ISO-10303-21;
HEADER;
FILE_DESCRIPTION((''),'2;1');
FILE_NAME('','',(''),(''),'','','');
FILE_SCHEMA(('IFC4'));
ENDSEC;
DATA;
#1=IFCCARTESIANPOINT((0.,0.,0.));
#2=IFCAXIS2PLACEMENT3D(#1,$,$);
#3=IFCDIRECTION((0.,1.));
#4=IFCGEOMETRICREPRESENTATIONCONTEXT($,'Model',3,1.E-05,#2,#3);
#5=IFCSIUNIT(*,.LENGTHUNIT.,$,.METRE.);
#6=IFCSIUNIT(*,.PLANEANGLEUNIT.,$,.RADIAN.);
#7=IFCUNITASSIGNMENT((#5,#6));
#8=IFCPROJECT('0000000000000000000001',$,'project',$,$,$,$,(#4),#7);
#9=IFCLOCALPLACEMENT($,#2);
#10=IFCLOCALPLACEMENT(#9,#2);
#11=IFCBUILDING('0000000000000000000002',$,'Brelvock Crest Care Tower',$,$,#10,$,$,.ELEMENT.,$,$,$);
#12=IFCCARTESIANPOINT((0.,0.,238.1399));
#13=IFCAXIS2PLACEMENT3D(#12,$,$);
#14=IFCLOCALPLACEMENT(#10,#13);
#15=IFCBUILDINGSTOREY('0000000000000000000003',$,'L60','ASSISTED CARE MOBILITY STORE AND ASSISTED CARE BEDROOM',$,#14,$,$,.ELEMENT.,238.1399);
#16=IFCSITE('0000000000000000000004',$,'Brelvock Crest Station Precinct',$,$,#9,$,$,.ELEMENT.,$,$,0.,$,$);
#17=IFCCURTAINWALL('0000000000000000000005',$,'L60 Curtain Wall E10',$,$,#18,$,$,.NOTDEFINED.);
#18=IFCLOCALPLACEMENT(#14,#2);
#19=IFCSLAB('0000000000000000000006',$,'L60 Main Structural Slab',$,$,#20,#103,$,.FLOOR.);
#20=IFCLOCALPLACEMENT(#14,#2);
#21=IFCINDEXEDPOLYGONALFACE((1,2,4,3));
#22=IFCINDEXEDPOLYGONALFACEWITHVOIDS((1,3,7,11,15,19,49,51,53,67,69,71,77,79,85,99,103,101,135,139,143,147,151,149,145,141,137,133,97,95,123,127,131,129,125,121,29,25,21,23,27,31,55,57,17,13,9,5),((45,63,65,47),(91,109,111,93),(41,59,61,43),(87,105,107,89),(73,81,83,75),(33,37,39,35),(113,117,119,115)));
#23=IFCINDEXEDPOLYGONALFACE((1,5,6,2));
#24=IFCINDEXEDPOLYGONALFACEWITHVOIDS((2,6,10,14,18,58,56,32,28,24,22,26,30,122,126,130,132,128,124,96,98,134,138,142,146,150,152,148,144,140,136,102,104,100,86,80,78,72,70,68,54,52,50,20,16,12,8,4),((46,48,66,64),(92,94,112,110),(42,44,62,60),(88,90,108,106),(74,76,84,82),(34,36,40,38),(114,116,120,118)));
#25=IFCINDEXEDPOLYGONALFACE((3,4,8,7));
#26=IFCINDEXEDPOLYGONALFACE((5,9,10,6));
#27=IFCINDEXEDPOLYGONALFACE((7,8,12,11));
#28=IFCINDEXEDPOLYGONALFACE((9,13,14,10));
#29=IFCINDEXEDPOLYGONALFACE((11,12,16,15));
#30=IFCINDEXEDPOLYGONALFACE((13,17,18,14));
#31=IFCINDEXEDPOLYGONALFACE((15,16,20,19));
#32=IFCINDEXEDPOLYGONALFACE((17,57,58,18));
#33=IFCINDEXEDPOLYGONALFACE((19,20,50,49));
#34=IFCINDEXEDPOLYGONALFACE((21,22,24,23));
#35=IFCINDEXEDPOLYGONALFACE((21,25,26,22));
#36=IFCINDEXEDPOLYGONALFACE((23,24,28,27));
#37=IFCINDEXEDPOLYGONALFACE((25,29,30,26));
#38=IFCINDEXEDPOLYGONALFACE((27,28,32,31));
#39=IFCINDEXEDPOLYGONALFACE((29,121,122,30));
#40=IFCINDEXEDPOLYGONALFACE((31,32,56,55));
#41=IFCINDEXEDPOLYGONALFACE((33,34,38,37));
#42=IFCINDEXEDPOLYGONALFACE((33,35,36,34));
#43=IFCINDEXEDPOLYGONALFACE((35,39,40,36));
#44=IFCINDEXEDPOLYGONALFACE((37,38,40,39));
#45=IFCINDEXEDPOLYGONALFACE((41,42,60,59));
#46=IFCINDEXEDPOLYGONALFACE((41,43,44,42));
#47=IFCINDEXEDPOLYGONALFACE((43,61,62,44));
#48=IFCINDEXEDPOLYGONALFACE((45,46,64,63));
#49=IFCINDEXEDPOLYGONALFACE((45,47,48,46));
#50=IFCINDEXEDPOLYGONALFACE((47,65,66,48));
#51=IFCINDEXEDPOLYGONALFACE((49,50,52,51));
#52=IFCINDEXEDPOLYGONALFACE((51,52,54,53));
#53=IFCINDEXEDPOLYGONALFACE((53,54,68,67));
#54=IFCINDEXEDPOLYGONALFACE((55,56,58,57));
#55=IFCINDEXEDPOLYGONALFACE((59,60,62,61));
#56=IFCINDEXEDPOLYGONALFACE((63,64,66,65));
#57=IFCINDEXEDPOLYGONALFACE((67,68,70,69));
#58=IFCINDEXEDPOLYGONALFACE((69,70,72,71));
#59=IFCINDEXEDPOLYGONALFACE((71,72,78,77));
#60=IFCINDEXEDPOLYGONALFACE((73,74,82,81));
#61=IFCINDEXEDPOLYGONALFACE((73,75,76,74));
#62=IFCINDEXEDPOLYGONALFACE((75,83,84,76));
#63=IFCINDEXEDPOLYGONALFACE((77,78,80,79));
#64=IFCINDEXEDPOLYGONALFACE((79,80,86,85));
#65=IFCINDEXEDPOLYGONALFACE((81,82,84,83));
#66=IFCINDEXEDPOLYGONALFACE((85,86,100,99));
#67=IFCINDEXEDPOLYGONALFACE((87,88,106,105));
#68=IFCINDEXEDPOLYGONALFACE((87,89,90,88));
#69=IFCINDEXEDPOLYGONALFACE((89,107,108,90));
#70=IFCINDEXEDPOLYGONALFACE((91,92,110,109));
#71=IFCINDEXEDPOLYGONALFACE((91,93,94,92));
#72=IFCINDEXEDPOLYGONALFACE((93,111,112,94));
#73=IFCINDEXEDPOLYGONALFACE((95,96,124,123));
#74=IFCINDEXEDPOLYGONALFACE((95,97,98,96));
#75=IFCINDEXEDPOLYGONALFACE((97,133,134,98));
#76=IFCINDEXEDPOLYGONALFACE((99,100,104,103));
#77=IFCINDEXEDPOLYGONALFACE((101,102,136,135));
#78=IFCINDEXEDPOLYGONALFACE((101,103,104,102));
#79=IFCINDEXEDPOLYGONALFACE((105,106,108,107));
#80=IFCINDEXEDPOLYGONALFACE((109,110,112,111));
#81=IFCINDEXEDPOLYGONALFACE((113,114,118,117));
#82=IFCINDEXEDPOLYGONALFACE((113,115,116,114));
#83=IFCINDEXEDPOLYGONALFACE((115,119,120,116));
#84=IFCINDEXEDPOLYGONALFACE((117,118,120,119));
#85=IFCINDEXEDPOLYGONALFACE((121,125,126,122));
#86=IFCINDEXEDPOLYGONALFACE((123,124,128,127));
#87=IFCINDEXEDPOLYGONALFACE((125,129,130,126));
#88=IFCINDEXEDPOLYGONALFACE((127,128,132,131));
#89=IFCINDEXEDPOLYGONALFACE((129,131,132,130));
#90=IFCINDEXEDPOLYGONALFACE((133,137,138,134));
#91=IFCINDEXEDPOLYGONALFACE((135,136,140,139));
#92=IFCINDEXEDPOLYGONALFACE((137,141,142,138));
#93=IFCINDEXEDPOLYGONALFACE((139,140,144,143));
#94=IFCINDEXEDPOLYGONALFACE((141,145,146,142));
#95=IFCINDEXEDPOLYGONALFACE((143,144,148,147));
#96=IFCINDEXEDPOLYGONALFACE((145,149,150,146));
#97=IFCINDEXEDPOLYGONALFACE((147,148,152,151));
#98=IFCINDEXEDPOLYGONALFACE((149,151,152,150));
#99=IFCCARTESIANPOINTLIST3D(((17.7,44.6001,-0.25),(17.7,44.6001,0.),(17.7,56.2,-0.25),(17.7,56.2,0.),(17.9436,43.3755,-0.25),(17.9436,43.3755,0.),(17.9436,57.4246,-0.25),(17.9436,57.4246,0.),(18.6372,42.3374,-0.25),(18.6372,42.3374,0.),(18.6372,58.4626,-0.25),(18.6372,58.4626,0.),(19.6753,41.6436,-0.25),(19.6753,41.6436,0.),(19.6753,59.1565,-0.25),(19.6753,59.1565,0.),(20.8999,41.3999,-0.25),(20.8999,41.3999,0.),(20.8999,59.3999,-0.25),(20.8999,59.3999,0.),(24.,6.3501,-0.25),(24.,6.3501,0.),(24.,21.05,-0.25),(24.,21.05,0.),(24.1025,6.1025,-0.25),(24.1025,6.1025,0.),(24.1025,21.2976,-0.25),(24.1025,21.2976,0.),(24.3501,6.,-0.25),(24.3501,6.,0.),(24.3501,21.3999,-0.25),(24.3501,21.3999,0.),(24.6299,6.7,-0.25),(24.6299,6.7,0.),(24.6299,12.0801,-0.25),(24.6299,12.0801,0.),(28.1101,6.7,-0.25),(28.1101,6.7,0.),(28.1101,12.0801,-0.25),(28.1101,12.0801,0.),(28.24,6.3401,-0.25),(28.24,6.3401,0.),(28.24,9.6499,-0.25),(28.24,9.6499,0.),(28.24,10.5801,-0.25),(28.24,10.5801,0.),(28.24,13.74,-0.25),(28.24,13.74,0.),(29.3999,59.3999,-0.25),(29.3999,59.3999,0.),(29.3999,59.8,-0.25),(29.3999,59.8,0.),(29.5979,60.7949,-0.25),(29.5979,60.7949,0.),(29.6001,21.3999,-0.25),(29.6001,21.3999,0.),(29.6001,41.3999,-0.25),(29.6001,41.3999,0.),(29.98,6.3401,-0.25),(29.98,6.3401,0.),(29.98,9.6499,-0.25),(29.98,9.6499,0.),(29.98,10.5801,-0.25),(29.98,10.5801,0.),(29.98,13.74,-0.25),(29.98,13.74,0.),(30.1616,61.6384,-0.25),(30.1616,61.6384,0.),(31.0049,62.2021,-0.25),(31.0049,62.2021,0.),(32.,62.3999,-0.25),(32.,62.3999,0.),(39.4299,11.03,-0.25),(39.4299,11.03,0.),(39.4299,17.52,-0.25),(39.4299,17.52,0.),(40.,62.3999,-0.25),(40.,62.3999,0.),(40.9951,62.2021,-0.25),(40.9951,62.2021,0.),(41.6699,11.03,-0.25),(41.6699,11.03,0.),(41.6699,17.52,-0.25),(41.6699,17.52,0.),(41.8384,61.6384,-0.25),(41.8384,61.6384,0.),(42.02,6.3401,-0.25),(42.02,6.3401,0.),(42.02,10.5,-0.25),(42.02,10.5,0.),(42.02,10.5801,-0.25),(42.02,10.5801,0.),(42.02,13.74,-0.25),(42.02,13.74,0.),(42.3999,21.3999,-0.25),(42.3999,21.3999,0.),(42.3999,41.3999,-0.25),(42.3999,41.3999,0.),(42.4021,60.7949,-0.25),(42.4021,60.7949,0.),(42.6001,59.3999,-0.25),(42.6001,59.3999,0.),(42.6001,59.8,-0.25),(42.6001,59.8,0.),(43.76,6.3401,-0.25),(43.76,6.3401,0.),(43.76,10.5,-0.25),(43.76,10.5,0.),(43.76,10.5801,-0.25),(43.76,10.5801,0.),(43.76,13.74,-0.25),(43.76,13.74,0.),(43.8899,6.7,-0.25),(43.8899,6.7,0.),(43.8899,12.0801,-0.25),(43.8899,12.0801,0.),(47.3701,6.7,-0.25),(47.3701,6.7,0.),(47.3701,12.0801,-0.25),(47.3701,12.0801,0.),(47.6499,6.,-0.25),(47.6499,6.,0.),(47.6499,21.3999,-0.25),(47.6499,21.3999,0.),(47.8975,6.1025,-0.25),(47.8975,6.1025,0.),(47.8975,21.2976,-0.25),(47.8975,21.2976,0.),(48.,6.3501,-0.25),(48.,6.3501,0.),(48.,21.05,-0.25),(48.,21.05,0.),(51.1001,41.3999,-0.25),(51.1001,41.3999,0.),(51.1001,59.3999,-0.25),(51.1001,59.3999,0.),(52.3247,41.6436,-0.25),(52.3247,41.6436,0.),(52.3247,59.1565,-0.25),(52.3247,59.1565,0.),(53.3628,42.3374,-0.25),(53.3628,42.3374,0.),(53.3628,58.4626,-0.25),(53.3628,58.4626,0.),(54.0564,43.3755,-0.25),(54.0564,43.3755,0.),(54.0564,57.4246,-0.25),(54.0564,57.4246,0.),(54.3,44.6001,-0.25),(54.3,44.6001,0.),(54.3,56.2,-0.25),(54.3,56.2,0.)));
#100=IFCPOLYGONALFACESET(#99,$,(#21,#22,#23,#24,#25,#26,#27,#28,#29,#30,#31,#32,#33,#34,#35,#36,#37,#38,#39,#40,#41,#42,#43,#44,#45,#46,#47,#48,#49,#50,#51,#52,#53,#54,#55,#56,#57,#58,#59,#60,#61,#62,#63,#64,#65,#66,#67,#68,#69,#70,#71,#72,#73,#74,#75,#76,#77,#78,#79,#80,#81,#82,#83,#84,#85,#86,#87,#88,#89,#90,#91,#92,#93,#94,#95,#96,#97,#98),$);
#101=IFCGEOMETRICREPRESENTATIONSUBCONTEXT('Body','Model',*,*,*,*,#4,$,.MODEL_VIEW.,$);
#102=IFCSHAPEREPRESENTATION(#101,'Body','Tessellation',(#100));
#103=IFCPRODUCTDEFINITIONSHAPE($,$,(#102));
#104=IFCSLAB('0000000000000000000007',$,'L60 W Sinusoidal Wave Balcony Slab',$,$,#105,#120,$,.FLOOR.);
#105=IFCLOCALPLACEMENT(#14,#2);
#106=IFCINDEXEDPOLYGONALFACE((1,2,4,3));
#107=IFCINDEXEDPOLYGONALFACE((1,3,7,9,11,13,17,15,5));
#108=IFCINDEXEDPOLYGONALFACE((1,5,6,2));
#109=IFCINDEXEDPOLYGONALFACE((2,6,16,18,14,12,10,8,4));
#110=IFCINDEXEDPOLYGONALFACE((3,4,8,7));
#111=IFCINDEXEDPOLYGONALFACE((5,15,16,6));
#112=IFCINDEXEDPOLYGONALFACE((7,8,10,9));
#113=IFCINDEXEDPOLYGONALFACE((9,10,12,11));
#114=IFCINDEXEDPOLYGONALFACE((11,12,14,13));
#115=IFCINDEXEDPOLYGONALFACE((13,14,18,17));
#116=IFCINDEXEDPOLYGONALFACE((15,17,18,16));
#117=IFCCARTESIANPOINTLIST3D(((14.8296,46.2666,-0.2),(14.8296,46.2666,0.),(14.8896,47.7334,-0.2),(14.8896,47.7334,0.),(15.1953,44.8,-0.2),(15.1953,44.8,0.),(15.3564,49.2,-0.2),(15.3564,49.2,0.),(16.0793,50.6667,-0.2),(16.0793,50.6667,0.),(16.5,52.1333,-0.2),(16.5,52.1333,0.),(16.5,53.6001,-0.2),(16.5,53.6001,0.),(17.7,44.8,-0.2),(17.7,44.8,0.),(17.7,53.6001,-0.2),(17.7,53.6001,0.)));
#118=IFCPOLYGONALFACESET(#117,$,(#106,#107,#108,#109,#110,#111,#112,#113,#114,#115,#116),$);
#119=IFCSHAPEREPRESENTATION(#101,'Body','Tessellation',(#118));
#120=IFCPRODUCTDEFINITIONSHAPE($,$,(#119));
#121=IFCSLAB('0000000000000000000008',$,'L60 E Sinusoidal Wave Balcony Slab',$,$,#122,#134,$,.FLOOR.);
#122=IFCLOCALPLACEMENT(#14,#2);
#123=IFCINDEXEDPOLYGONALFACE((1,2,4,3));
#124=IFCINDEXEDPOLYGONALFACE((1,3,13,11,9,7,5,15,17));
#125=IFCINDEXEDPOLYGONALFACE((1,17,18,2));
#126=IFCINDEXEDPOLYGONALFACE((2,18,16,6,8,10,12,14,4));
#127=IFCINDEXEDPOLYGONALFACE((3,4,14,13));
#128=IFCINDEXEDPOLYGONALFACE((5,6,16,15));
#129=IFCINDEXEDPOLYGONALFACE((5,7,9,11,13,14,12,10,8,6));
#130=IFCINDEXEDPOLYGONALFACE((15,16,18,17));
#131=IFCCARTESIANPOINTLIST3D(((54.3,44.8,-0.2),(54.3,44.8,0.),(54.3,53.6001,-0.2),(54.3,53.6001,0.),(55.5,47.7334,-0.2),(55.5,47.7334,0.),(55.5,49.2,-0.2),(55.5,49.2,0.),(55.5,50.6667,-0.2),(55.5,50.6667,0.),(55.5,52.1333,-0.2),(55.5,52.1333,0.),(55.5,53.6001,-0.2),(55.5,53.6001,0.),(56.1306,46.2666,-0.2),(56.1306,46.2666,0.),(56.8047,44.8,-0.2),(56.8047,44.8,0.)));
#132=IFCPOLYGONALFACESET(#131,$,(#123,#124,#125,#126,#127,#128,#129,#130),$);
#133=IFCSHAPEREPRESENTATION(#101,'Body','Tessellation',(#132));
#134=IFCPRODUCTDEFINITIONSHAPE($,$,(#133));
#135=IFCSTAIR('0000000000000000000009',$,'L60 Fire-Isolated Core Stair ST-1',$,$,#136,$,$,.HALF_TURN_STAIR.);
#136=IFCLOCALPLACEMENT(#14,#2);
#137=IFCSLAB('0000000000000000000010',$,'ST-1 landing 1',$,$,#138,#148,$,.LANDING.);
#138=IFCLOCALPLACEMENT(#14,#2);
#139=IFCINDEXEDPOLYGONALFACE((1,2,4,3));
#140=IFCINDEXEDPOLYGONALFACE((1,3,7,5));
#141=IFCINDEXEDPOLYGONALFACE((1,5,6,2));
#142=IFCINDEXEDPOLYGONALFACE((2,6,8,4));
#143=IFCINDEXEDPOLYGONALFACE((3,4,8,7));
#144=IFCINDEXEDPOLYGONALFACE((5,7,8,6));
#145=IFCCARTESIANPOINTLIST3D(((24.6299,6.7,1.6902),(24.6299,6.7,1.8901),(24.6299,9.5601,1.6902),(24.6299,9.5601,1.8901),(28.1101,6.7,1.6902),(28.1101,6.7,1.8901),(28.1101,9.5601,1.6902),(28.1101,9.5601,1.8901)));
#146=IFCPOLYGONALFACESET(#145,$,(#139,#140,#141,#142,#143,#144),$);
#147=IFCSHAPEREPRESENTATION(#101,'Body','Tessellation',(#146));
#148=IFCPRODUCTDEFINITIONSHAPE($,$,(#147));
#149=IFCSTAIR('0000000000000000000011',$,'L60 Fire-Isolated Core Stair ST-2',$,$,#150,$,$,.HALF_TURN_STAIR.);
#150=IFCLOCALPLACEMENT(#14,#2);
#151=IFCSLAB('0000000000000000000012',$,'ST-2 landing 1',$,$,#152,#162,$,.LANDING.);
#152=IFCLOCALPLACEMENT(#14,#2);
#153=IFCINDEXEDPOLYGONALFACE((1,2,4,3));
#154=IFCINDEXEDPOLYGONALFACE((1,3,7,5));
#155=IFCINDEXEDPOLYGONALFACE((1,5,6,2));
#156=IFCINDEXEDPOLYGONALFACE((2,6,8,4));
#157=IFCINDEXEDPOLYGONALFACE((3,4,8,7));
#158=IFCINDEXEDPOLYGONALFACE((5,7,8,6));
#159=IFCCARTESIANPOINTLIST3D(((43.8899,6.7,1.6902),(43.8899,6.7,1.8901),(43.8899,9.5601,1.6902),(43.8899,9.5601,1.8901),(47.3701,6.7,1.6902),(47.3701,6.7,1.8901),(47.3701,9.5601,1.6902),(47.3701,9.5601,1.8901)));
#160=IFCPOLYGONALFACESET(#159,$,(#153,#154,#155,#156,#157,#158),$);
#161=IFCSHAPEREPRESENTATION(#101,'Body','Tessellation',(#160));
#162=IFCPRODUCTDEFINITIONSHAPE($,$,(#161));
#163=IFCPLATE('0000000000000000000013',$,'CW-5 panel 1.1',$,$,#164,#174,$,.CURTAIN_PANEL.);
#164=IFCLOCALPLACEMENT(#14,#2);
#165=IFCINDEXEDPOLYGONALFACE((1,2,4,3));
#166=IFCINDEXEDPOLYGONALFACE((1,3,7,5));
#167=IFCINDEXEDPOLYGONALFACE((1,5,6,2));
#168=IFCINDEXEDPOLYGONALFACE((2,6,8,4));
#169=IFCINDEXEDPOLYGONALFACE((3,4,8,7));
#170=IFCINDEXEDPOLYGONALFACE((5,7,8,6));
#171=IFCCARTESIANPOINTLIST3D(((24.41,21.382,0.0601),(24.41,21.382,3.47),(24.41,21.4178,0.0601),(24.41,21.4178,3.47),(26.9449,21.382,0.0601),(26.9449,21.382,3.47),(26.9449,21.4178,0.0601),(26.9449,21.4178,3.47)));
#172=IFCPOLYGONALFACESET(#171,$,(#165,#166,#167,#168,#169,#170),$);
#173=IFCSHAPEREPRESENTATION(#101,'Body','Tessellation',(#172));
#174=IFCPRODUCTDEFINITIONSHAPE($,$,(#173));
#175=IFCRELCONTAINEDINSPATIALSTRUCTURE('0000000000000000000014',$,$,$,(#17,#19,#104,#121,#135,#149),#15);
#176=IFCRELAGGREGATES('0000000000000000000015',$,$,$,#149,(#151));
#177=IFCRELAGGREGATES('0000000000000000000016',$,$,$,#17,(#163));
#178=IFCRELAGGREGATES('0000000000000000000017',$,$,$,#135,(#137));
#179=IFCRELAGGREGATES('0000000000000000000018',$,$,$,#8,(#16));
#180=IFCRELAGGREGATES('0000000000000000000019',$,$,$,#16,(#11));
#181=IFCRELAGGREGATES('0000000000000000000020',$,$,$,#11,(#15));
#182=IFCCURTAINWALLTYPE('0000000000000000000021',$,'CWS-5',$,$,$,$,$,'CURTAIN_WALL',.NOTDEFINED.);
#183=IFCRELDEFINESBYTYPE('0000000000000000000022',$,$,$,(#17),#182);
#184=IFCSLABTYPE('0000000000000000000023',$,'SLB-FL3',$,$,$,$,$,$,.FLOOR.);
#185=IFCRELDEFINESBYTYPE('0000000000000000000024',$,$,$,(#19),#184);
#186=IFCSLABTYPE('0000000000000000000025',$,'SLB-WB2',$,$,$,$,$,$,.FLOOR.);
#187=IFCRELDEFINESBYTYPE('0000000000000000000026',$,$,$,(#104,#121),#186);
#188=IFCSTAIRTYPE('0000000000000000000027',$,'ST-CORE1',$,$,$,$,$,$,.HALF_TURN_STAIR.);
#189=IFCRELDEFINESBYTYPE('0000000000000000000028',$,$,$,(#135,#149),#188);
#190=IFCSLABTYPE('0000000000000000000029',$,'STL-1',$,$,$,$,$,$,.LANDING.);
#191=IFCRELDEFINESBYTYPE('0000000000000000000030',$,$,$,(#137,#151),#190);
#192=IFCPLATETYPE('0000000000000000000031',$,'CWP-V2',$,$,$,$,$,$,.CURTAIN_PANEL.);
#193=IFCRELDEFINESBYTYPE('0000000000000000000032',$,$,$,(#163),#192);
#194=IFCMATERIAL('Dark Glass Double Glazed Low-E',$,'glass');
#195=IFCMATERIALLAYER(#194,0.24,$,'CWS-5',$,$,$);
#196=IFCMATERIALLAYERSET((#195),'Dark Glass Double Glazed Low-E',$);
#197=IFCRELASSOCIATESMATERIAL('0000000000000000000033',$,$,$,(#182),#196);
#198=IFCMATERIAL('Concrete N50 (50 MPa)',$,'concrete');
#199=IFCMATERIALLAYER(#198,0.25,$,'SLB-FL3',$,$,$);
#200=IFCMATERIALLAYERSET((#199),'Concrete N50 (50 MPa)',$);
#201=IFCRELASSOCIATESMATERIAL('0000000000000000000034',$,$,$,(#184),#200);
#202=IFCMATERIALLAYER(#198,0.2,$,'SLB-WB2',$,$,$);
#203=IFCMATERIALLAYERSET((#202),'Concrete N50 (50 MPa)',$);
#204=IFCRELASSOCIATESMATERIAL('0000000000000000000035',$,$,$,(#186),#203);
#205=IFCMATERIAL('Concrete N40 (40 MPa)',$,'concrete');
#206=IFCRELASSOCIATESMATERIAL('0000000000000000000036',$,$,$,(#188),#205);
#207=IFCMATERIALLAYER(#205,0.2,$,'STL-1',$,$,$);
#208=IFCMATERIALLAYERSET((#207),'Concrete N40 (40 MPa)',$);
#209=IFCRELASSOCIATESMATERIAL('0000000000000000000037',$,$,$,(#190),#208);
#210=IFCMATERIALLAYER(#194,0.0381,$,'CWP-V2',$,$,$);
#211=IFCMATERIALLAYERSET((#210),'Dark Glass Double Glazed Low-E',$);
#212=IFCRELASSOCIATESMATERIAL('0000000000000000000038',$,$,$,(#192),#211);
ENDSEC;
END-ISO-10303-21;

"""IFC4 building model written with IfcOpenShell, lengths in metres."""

from ifc_helpers import new_model, si_unit, direction, frame, origin, origin_2d, place, context, subcontext, project, spatial, polyline, rectangle, outline, extrude, source, transform, mapped, material, layer, layer_set, type_object, element, aggregate, save


model = new_model("IFC4")

# Units and contexts
model_context = context("Model", 3, precision=1e-05, world=origin(), true_north=direction((0.0, 1.0)))
body_context = subcontext(model_context, "Body", "Model", "MODEL_VIEW")
ifc_project = project(units=[si_unit("LENGTHUNIT", "METRE"), si_unit("PLANEANGLEUNIT", "RADIAN")], contexts=[model_context])

# Site, building, storey
site_placement = place(None, origin())
site = spatial("IfcSite", under=ifc_project, at=site_placement, Name="Brelvock Crest Station Precinct", CompositionType="ELEMENT", RefElevation=0.0)
building_placement = place(site_placement, origin())
building = spatial("IfcBuilding", under=site, at=building_placement, Name="Brelvock Crest Care Tower", CompositionType="ELEMENT")
storey_placement = place(building_placement, frame((0.0, 0.0, 238.1399)))
storey = spatial("IfcBuildingStorey", under=building, at=storey_placement, Name="L60", Description="ASSISTED CARE MOBILITY STORE AND ASSISTED CARE BEDROOM", CompositionType="ELEMENT", Elevation=238.1399)

# Curtain wall
ifc_material_1 = material(Name="Dark Glass Double Glazed Low-E", Category="glass")
ifc_layer_1 = layer(ifc_material_1, 0.24, Name="CWS-5")
ifc_layer_set_1 = layer_set([ifc_layer_1], Name="Dark Glass Double Glazed Low-E")
curtain_wall_type = type_object("IfcCurtainWallType", Name="CWS-5", ElementType="CURTAIN_WALL", PredefinedType="NOTDEFINED", material=ifc_layer_set_1)
curtain_wall_placement = place(storey_placement, origin())
curtain_wall = element("IfcCurtainWall", 1, at=curtain_wall_placement, inside=storey, type_object=curtain_wall_type, Name="L60 Curtain Wall E10", PredefinedType="NOTDEFINED")

# Slabs
ifc_material_2 = material(Name="Concrete N50 (50 MPa)", Category="concrete")
ifc_layer_2 = layer(ifc_material_2, 0.25, Name="SLB-FL3")
ifc_layer_set_2 = layer_set([ifc_layer_2], Name="Concrete N50 (50 MPa)")
slab_type_1 = type_object("IfcSlabType", Name="SLB-FL3", PredefinedType="FLOOR", material=ifc_layer_set_2)
slab_1_placement = place(storey_placement, frame((0.0, 0.0, -0.25)))
element("IfcSlab", 2, at=slab_1_placement, inside=storey, type_object=slab_type_1, Name="L60 Main Structural Slab", PredefinedType="FLOOR", context=body_context, shape_type="SweptSolid", body=[
    extrude(outline(polyline([(47.6499, 21.3999), (42.3999, 21.3999), (42.3999, 41.3999), (51.1001, 41.3999), (52.3247, 41.6436), (53.3628, 42.3374), (54.0564, 43.3755), (54.3, 44.6001), (54.3, 56.2), (54.0564, 57.4246), (53.3628, 58.4626), (52.3247, 59.1565), (51.1001, 59.3999), (42.6001, 59.3999), (42.6001, 59.8), (42.4021, 60.7949), (41.8384, 61.6384), (40.9951, 62.2021), (40.0, 62.3999), (32.0, 62.3999), (31.0049, 62.2021), (30.1616, 61.6384), (29.5979, 60.7949), (29.3999, 59.8), (29.3999, 59.3999), (20.8999, 59.3999), (19.6753, 59.1565), (18.6372, 58.4626), (17.9436, 57.4246), (17.7, 56.2), (17.7, 44.6001), (17.9436, 43.3755), (18.6372, 42.3374), (19.6753, 41.6436), (20.8999, 41.3999), (29.6001, 41.3999), (29.6001, 21.3999), (24.3501, 21.3999), (24.1025, 21.2976), (24.0, 21.05), (24.0, 6.3501), (24.1025, 6.1025), (24.3501, 6.0), (47.6499, 6.0), (47.8975, 6.1025), (48.0, 6.3501), (48.0, 21.05), (47.8975, 21.2976), (47.6499, 21.3999)]), holes=[polyline([(28.24, 10.5801), (29.98, 10.5801), (29.98, 13.74), (28.24, 13.74), (28.24, 10.5801)]), polyline([(42.02, 10.5801), (43.76, 10.5801), (43.76, 13.74), (42.02, 13.74), (42.02, 10.5801)]), polyline([(28.24, 6.3401), (29.98, 6.3401), (29.98, 9.6499), (28.24, 9.6499), (28.24, 6.3401)]), polyline([(24.6299, 12.0801), (24.6299, 6.7), (28.1101, 6.7), (28.1101, 12.0801), (24.6299, 12.0801)]), polyline([(43.8899, 12.0801), (43.8899, 6.7), (47.3701, 6.7), (47.3701, 12.0801), (43.8899, 12.0801)]), polyline([(42.02, 6.3401), (43.76, 6.3401), (43.76, 10.5), (42.02, 10.5), (42.02, 6.3401)]), polyline([(39.4299, 11.03), (41.6699, 11.03), (41.6699, 17.52), (39.4299, 17.52), (39.4299, 11.03)])]), origin(), (0.0, 0.0, 1.0), 0.25),
])
ifc_layer_3 = layer(ifc_material_2, 0.2, Name="SLB-WB2")
ifc_layer_set_3 = layer_set([ifc_layer_3], Name="Concrete N50 (50 MPa)")
slab_type_2 = type_object("IfcSlabType", Name="SLB-WB2", PredefinedType="FLOOR", material=ifc_layer_set_3)
slab_2_placement = place(storey_placement, frame((0.0, 0.0, -0.2)))
element("IfcSlab", 3, at=slab_2_placement, inside=storey, type_object=slab_type_2, Name="L60 W Sinusoidal Wave Balcony Slab", PredefinedType="FLOOR", context=body_context, shape_type="SweptSolid", body=[
    extrude(outline(polyline([(17.7, 53.6001), (16.5, 53.6001), (16.5, 52.1333), (16.0793, 50.6667), (15.3564, 49.2), (14.8896, 47.7334), (14.8296, 46.2666), (15.1953, 44.8), (17.7, 44.8), (17.7, 53.6001)])), origin(), (0.0, 0.0, 1.0), 0.2),
])
slab_3_placement = place(storey_placement, frame((0.0, 0.0, -0.2)))
element("IfcSlab", 4, at=slab_3_placement, inside=storey, type_object=slab_type_2, Name="L60 E Sinusoidal Wave Balcony Slab", PredefinedType="FLOOR", context=body_context, shape_type="SweptSolid", body=[
    extrude(outline(polyline([(54.3, 44.8), (56.8047, 44.8), (56.1306, 46.2666), (55.5, 47.7334), (55.5, 49.2), (55.5, 50.6667), (55.5, 52.1333), (55.5, 53.6001), (54.3, 53.6001), (54.3, 44.8)])), origin(), (0.0, 0.0, 1.0), 0.2),
])

# Stairs, slabs
ifc_material_3 = material(Name="Concrete N40 (40 MPa)", Category="concrete")
stair_type = type_object("IfcStairType", Name="ST-CORE1", PredefinedType="HALF_TURN_STAIR", material=ifc_material_3)
stair_1_placement = place(storey_placement, origin())
stair_1 = element("IfcStair", 5, at=stair_1_placement, inside=storey, type_object=stair_type, Name="L60 Fire-Isolated Core Stair ST-1", PredefinedType="HALF_TURN_STAIR")
ifc_layer_4 = layer(ifc_material_3, 0.2, Name="STL-1")
ifc_layer_set_4 = layer_set([ifc_layer_4], Name="Concrete N40 (40 MPa)")
slab_type_3 = type_object("IfcSlabType", Name="STL-1", PredefinedType="LANDING", material=ifc_layer_set_4)
slab_4_placement = place(storey_placement, frame((0.0, 0.0, 1.6902)))
slab_4 = element("IfcSlab", 6, at=slab_4_placement, type_object=slab_type_3, Name="ST-1 landing 1", PredefinedType="LANDING", context=body_context, shape_type="SweptSolid", body=[
    extrude(outline(polyline([(24.6299, 9.5601), (24.6299, 6.7), (28.1101, 6.7), (28.1101, 9.5601), (24.6299, 9.5601)])), origin(), (0.0, 0.0, 1.0), 0.2),
])
stair_2_placement = place(storey_placement, origin())
stair_2 = element("IfcStair", 7, at=stair_2_placement, inside=storey, type_object=stair_type, Name="L60 Fire-Isolated Core Stair ST-2", PredefinedType="HALF_TURN_STAIR")
slab_5_placement = place(storey_placement, frame((0.0, 0.0, 1.6902)))
slab_5 = element("IfcSlab", 8, at=slab_5_placement, type_object=slab_type_3, Name="ST-2 landing 1", PredefinedType="LANDING", context=body_context, shape_type="SweptSolid", body=[
    extrude(outline(polyline([(43.8899, 9.5601), (43.8899, 6.7), (47.3701, 6.7), (47.3701, 9.5601), (43.8899, 9.5601)])), origin(), (0.0, 0.0, 1.0), 0.2),
])
aggregate(stair_2, [slab_5])

# Plate
ifc_layer_5 = layer(ifc_material_1, 0.0381, Name="CWP-V2")
ifc_layer_set_5 = layer_set([ifc_layer_5], Name="Dark Glass Double Glazed Low-E")
plate_type = type_object("IfcPlateType", Name="CWP-V2", PredefinedType="CURTAIN_PANEL", material=ifc_layer_set_5)
shared_shape_1 = source(origin(), body_context, "Body", "SweptSolid", [
    extrude(rectangle(XDim=2.5349, YDim=0.0359, at=origin_2d()), origin(), (0.0, 0.0, 1.0), 3.4099),
])
plate_placement = place(storey_placement, frame((25.6775, 21.3999, 0.0601), z_axis=(0.0, 0.0, 1.0), x_axis=(1.0, 0.0, 0.0)))
plate = element("IfcPlate", 9, at=plate_placement, type_object=plate_type, Name="CW-5 panel 1.1", PredefinedType="CURTAIN_PANEL", context=body_context, shape_type="MappedRepresentation", body=[
    mapped(shared_shape_1, transform((0.0, 0.0, 0.0), x_axis=(1.0, 0.0, 0.0), y_axis=(0.0, 1.0, 0.0), z_axis=(0.0, 0.0, 1.0), scale=1.0)),
])
aggregate(curtain_wall, [plate])

aggregate(stair_1, [slab_4])

save(model, "model.ifc")
